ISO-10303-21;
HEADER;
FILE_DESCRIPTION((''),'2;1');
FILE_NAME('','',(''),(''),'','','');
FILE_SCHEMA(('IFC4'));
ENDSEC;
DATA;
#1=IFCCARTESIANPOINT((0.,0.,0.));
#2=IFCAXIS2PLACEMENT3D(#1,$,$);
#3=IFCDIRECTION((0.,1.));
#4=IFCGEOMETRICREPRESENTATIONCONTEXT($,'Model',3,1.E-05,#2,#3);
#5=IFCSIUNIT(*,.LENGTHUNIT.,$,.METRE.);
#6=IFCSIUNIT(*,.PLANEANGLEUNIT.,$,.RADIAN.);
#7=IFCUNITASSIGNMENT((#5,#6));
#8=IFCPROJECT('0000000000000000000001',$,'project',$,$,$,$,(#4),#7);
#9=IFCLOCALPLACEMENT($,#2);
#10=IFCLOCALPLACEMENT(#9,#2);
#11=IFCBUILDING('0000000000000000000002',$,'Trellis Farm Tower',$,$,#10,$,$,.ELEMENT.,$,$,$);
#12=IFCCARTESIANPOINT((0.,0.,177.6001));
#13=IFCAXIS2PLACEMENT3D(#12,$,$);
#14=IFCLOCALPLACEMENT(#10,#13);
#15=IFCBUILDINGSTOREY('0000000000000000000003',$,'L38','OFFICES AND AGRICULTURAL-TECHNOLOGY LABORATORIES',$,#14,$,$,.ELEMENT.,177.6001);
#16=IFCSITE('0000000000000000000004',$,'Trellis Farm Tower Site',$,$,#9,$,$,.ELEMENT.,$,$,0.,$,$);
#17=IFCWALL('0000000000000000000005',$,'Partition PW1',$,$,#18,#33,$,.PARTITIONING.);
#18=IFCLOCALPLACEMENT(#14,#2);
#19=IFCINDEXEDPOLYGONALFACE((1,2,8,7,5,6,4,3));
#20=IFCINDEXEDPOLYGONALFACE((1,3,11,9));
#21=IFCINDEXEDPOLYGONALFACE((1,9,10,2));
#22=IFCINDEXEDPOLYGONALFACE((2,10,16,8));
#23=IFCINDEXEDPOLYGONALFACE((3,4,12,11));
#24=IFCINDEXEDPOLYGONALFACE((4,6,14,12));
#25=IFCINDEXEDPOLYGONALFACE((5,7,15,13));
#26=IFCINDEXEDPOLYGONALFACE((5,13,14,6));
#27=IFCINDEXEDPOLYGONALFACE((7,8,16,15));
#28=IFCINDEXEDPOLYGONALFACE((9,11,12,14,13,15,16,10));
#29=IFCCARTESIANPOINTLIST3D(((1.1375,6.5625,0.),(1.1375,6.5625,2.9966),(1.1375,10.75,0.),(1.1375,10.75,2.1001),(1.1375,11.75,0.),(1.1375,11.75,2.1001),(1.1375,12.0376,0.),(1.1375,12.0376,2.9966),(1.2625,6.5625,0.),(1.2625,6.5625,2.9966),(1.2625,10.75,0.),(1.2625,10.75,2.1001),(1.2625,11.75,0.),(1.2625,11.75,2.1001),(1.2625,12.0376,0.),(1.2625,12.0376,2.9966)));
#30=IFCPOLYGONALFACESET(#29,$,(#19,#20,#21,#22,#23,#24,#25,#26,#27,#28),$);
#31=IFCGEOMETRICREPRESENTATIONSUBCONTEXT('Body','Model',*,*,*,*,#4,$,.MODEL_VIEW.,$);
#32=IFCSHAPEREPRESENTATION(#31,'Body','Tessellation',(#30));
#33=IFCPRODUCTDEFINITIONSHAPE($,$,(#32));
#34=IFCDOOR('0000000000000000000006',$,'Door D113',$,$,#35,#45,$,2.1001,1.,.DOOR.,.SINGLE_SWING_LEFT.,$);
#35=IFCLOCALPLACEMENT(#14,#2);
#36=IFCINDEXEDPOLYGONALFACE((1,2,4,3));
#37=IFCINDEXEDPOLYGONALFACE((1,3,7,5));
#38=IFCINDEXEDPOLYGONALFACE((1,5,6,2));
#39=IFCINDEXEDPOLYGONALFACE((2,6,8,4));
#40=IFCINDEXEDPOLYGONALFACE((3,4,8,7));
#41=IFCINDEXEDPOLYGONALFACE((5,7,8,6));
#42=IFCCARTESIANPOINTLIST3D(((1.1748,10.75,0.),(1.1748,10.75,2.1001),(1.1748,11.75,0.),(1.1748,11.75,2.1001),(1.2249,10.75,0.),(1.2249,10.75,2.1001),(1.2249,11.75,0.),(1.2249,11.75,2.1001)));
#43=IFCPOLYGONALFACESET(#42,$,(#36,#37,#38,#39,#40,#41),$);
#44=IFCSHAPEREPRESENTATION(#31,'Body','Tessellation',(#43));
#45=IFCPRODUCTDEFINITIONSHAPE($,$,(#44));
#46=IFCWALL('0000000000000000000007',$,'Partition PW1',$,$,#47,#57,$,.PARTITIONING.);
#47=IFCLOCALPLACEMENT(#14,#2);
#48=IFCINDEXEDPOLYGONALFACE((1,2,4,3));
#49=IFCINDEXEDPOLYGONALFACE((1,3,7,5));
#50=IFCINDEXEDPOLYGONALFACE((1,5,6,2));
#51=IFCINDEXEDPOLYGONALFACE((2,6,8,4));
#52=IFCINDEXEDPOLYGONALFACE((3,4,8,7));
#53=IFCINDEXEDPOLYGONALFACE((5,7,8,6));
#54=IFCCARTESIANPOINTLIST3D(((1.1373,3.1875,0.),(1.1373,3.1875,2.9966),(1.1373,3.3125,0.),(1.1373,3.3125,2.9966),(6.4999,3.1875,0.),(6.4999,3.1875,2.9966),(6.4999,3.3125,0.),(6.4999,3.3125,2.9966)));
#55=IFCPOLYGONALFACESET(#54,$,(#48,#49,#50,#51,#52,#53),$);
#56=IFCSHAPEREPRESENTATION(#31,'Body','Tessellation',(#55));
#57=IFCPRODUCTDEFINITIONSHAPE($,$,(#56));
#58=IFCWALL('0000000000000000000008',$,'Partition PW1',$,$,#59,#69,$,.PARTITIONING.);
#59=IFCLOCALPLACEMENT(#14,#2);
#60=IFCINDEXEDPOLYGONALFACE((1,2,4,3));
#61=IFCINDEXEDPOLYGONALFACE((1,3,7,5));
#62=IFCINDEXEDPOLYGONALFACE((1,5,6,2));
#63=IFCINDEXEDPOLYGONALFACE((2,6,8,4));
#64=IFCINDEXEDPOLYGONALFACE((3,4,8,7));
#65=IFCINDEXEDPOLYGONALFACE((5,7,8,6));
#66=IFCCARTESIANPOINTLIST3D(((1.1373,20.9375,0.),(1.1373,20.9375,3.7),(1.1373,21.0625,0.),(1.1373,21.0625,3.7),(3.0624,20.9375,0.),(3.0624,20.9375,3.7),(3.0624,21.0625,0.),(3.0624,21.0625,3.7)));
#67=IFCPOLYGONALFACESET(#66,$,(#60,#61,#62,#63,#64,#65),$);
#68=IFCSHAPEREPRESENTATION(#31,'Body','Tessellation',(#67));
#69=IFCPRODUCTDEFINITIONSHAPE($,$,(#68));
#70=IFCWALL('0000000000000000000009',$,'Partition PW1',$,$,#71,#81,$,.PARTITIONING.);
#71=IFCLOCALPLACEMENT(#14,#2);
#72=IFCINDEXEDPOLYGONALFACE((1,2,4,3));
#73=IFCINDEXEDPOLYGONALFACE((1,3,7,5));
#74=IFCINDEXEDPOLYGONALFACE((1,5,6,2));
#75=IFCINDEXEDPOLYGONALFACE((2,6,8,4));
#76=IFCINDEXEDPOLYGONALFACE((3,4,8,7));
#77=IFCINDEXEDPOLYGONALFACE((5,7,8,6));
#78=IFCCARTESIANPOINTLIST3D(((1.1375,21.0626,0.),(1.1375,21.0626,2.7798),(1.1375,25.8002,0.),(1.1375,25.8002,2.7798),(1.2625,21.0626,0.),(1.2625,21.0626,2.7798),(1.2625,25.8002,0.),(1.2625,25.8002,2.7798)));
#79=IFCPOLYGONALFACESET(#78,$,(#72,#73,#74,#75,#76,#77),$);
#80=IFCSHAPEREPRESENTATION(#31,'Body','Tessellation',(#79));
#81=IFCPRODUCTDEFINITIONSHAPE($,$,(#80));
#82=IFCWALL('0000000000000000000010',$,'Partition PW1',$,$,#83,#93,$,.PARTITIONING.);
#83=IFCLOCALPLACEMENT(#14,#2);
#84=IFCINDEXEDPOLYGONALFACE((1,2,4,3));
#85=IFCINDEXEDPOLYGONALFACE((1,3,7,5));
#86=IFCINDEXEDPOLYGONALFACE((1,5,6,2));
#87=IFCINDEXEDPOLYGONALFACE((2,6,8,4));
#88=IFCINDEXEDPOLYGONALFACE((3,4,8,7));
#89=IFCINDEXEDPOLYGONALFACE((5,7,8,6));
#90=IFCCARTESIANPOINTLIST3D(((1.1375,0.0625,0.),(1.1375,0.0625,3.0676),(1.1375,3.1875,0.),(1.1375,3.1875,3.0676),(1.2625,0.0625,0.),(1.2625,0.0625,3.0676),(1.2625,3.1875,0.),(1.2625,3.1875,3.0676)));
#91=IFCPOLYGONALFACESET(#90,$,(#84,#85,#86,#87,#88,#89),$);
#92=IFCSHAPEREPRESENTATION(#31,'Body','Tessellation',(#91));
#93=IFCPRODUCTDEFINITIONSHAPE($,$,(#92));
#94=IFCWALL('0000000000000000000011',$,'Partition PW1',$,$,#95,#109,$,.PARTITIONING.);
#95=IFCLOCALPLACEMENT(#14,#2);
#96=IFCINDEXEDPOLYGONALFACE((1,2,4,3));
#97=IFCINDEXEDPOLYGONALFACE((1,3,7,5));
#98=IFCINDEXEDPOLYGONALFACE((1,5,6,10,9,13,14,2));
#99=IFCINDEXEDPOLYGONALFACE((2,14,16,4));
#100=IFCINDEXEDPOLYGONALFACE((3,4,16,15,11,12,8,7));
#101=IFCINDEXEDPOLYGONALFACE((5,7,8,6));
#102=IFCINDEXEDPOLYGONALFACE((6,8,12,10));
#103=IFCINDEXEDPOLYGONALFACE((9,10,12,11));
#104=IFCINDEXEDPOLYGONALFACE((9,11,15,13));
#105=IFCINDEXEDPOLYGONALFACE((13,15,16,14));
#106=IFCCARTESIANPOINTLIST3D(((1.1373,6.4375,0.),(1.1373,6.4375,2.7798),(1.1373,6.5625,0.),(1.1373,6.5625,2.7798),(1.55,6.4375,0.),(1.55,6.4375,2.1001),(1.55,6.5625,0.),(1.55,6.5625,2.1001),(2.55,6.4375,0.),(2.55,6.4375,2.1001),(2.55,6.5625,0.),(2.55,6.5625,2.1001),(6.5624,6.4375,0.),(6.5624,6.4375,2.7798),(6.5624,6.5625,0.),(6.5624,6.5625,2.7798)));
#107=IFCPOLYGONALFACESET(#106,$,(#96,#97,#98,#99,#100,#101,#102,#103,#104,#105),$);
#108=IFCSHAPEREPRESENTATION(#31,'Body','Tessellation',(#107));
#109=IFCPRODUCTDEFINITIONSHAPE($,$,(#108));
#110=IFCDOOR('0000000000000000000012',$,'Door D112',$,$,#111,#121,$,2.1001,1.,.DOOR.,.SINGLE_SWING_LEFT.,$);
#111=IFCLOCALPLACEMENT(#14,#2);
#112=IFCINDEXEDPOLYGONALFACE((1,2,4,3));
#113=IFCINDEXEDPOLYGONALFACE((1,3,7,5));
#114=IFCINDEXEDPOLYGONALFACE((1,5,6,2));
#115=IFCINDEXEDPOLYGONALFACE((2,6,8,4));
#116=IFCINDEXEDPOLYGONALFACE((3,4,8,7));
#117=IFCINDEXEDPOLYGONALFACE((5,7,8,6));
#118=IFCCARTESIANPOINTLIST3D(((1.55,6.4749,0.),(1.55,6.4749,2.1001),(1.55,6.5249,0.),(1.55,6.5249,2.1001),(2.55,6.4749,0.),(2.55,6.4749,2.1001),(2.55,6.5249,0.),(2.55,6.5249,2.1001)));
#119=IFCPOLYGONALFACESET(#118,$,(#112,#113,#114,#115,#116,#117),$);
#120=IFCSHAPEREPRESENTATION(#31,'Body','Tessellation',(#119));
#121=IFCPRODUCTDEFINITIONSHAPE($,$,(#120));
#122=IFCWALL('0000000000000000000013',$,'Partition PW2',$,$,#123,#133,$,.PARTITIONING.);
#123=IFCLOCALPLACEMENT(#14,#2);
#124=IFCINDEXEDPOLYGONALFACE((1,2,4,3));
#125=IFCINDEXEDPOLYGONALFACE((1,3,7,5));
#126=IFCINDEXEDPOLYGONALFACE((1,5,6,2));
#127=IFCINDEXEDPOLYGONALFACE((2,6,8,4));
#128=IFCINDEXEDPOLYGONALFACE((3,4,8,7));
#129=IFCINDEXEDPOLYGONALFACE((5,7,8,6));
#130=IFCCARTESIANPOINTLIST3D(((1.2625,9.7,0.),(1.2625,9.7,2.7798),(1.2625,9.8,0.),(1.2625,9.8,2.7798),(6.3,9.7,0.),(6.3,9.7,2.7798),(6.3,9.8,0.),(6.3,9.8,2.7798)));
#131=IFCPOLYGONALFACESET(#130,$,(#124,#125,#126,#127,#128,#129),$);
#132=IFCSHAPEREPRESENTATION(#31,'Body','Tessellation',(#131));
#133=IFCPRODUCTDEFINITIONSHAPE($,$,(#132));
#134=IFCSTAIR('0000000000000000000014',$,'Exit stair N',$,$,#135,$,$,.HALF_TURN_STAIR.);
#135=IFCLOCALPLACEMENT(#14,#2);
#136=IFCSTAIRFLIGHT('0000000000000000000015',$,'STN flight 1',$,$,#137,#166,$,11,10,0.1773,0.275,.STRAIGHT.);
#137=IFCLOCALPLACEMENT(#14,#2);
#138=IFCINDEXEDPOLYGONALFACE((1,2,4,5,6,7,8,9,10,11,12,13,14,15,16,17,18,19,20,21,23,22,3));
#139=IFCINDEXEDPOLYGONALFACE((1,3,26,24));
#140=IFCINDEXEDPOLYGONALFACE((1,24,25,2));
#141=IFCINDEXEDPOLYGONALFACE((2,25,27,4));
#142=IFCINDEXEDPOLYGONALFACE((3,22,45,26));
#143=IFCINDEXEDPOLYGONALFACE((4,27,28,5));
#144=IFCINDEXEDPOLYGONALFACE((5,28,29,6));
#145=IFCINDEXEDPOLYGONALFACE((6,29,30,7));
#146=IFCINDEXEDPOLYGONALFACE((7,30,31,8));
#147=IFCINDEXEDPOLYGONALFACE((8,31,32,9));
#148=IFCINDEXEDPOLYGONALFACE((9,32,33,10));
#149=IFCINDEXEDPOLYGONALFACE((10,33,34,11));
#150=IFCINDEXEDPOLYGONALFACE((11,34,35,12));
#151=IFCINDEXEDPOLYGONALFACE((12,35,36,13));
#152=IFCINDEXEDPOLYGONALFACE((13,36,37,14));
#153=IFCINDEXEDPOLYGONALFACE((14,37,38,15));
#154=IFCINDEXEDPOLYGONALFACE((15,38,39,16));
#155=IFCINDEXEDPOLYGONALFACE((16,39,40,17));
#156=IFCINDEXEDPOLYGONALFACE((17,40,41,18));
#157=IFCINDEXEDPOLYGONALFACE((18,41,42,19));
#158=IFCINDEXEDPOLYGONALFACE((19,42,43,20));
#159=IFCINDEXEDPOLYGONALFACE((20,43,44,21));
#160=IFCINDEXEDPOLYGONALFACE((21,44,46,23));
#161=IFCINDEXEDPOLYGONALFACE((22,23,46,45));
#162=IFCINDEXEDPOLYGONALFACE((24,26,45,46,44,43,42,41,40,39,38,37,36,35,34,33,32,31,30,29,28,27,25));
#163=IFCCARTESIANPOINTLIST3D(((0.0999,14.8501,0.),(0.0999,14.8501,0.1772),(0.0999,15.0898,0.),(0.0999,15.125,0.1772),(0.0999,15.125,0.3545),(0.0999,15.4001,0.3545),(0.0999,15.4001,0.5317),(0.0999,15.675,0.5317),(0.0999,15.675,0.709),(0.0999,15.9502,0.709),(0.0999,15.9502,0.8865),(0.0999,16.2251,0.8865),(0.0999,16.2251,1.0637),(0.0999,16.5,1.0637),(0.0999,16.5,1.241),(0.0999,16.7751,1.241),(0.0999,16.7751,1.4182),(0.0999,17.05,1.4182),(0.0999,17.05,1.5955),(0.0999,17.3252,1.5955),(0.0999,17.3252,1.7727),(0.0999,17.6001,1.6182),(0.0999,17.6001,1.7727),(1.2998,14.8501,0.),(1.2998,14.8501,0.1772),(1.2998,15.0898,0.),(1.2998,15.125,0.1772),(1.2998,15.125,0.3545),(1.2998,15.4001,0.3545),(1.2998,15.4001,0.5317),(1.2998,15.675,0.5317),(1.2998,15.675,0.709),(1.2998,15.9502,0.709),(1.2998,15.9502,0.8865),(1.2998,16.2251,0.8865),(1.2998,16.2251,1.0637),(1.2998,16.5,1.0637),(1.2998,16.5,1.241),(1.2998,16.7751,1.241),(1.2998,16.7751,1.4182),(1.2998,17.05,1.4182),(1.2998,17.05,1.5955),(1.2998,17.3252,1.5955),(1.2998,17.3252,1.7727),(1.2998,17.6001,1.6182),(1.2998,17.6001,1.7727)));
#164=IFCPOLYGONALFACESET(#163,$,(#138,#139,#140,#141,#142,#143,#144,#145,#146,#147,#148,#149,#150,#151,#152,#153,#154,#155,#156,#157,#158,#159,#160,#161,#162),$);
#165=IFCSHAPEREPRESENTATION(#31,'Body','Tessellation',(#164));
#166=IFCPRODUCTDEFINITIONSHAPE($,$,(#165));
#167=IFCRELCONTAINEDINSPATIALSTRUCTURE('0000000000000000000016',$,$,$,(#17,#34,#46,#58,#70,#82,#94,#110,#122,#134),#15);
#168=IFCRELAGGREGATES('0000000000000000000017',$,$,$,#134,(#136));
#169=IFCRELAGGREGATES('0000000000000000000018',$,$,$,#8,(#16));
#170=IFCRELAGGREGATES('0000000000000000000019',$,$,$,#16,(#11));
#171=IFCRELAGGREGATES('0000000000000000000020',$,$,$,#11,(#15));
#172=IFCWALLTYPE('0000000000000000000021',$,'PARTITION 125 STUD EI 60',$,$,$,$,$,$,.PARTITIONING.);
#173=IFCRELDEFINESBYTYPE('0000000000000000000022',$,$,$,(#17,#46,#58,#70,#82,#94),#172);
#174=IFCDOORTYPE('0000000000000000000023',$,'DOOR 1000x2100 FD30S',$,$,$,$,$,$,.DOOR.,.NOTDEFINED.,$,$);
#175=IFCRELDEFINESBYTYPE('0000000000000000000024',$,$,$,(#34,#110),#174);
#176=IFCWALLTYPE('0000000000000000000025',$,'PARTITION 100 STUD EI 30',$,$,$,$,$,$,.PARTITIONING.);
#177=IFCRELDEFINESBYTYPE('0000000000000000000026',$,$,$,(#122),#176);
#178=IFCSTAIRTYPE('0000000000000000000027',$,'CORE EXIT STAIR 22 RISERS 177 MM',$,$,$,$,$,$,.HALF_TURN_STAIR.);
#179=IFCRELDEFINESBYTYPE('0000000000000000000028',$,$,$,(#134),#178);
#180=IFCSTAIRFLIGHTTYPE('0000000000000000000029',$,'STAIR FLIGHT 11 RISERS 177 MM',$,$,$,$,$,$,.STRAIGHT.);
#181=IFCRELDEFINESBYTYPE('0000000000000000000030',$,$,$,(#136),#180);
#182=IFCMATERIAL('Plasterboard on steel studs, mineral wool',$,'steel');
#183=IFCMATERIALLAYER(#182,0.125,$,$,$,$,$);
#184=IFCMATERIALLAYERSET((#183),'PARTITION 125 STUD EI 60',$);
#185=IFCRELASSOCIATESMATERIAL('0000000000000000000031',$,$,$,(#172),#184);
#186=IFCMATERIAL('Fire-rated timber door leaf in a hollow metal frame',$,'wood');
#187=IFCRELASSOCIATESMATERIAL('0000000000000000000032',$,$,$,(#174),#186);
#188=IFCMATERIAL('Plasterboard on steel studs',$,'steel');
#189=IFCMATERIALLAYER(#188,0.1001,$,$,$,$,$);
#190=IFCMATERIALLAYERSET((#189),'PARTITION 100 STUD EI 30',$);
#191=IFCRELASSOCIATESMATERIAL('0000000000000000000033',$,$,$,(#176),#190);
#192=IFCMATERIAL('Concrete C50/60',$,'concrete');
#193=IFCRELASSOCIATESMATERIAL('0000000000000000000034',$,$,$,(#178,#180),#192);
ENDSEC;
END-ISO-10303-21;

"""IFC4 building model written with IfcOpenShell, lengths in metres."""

from ifc_helpers import new_model, si_unit, direction, frame, frame_2d, origin, place, context, subcontext, project, spatial, polyline, rectangle, outline, extrude, source, transform, mapped, material, layer, layer_set, type_object, element, fill, aggregate, save


model = new_model("IFC4")

# Units and contexts
model_context = context("Model", 3, precision=1e-05, world=origin(), true_north=direction((0.0, 1.0)))
body_context = subcontext(model_context, "Body", "Model", "MODEL_VIEW")
ifc_project = project(units=[si_unit("LENGTHUNIT", "METRE"), si_unit("PLANEANGLEUNIT", "RADIAN")], contexts=[model_context])

# Site, building, storey
site_placement = place(None, origin())
site = spatial("IfcSite", under=ifc_project, at=site_placement, Name="Trellis Farm Tower Site", CompositionType="ELEMENT", RefElevation=0.0)
building_placement = place(site_placement, origin())
building = spatial("IfcBuilding", under=site, at=building_placement, Name="Trellis Farm Tower", CompositionType="ELEMENT")
storey_placement = place(building_placement, frame((0.0, 0.0, 177.6001)))
storey = spatial("IfcBuildingStorey", under=building, at=storey_placement, Name="L38", Description="OFFICES AND AGRICULTURAL-TECHNOLOGY LABORATORIES", CompositionType="ELEMENT", Elevation=177.6001)

# Shared definitions
placement_1 = place(storey_placement, origin())

# Wall, opening, door
ifc_material_1 = material(Name="Plasterboard on steel studs, mineral wool", Category="steel")
ifc_layer_1 = layer(ifc_material_1, 0.125)
ifc_layer_set_1 = layer_set([ifc_layer_1], Name="PARTITION 125 STUD EI 60")
wall_type_1 = type_object("IfcWallType", Name="PARTITION 125 STUD EI 60", PredefinedType="PARTITIONING", material=ifc_layer_set_1)
shared_shape_1 = source(origin(), body_context, "Body", "SweptSolid", [
    extrude(rectangle(XDim=5.4751, YDim=0.125, at=frame_2d((2.7375, 0.0))), origin(), (0.0, 0.0, 1.0), 2.9966),
])
wall_1_placement = place(storey_placement, frame((1.2, 12.0376, 0.0), z_axis=(0.0, 0.0, 1.0), x_axis=(0.0, -1.0, 0.0)))
wall_1 = element("IfcWall", 1, at=wall_1_placement, inside=storey, type_object=wall_type_1, Name="Partition PW1", PredefinedType="PARTITIONING", context=body_context, shape_type="MappedRepresentation", body=[
    mapped(shared_shape_1, transform((0.0, 0.0, 0.0))),
])
shared_shape_2 = source(origin(), body_context, "Body", "SweptSolid", [
    extrude(rectangle(XDim=1.0, YDim=2.1001, at=frame_2d((0.5, 1.05))), frame((0.0, 0.0725, 0.0), z_axis=(0.0, -1.0, 0.0), x_axis=(1.0, 0.0, 0.0)), (0.0, 0.0, 1.0), 0.145),
])
opening_1_placement = place(wall_1_placement, frame((0.2876, 0.0, 0.0)))
opening_1 = element("IfcOpeningElement", 2, at=opening_1_placement, cuts=wall_1, PredefinedType="OPENING", context=body_context, shape_type="MappedRepresentation", body=[
    mapped(shared_shape_2, transform((0.0, 0.0, 0.0))),
])
ifc_material_2 = material(Name="Fire-rated timber door leaf in a hollow metal frame", Category="wood")
door_type = type_object("IfcDoorType", Name="DOOR 1000x2100 FD30S", OperationType="NOTDEFINED", PredefinedType="DOOR", material=ifc_material_2)
shared_shape_3 = source(origin(), body_context, "Body", "SweptSolid", [
    extrude(rectangle(XDim=1.0, YDim=2.1001, at=frame_2d((0.5, 1.05))), frame((0.0, 0.0249, 0.0), z_axis=(0.0, -1.0, 0.0), x_axis=(1.0, 0.0, 0.0)), (0.0, 0.0, 1.0), 0.05),
])
door_1_placement = place(opening_1_placement, origin())
door_1 = element("IfcDoor", 3, at=door_1_placement, inside=storey, type_object=door_type, Name="Door D113", OperationType="SINGLE_SWING_LEFT", OverallHeight=2.1001, OverallWidth=1.0, PredefinedType="DOOR", context=body_context, shape_type="MappedRepresentation", body=[
    mapped(shared_shape_3, transform((0.0, 0.0, 0.0))),
])
fill(opening_1, door_1)

# Walls
shared_shape_4 = source(origin(), body_context, "Body", "SweptSolid", [
    extrude(rectangle(XDim=5.3625, YDim=0.125, at=frame_2d((2.6812, 0.0))), origin(), (0.0, 0.0, 1.0), 2.9966),
])
wall_2_placement = place(storey_placement, frame((1.1375, 3.25, 0.0), z_axis=(0.0, 0.0, 1.0), x_axis=(1.0, 0.0, 0.0)))
element("IfcWall", 4, at=wall_2_placement, inside=storey, type_object=wall_type_1, Name="Partition PW1", PredefinedType="PARTITIONING", context=body_context, shape_type="MappedRepresentation", body=[
    mapped(shared_shape_4, transform((0.0, 0.0, 0.0))),
])
shared_shape_5 = source(origin(), body_context, "Body", "SweptSolid", [
    extrude(rectangle(XDim=1.925, YDim=0.125, at=frame_2d((0.9624, 0.0))), origin(), (0.0, 0.0, 1.0), 3.7),
])
wall_3_placement = place(storey_placement, frame((1.1375, 21.0, 0.0), z_axis=(0.0, 0.0, 1.0), x_axis=(1.0, 0.0, 0.0)))
element("IfcWall", 5, at=wall_3_placement, inside=storey, type_object=wall_type_1, Name="Partition PW1", PredefinedType="PARTITIONING", context=body_context, shape_type="MappedRepresentation", body=[
    mapped(shared_shape_5, transform((0.0, 0.0, 0.0))),
])
shared_shape_6 = source(origin(), body_context, "Body", "SweptSolid", [
    extrude(rectangle(XDim=4.7375, YDim=0.125, at=frame_2d((2.3687, 0.0))), origin(), (0.0, 0.0, 1.0), 2.7798),
])
wall_4_placement = place(storey_placement, frame((1.2, 25.8, 0.0), z_axis=(0.0, 0.0, 1.0), x_axis=(0.0, -1.0, 0.0)))
element("IfcWall", 6, at=wall_4_placement, inside=storey, type_object=wall_type_1, Name="Partition PW1", PredefinedType="PARTITIONING", context=body_context, shape_type="MappedRepresentation", body=[
    mapped(shared_shape_6, transform((0.0, 0.0, 0.0))),
])
shared_shape_7 = source(origin(), body_context, "Body", "SweptSolid", [
    extrude(rectangle(XDim=3.125, YDim=0.125, at=frame_2d((1.5625, 0.0))), origin(), (0.0, 0.0, 1.0), 3.0676),
])
wall_5_placement = place(storey_placement, frame((1.2, 3.1875, 0.0), z_axis=(0.0, 0.0, 1.0), x_axis=(0.0, -1.0, 0.0)))
element("IfcWall", 7, at=wall_5_placement, inside=storey, type_object=wall_type_1, Name="Partition PW1", PredefinedType="PARTITIONING", context=body_context, shape_type="MappedRepresentation", body=[
    mapped(shared_shape_7, transform((0.0, 0.0, 0.0))),
])

# Wall, opening, door
shared_shape_8 = source(origin(), body_context, "Body", "SweptSolid", [
    extrude(rectangle(XDim=5.425, YDim=0.125, at=frame_2d((2.7124, 0.0))), origin(), (0.0, 0.0, 1.0), 2.7798),
])
wall_6_placement = place(storey_placement, frame((1.1375, 6.5, 0.0), z_axis=(0.0, 0.0, 1.0), x_axis=(1.0, 0.0, 0.0)))
wall_6 = element("IfcWall", 8, at=wall_6_placement, inside=storey, type_object=wall_type_1, Name="Partition PW1", PredefinedType="PARTITIONING", context=body_context, shape_type="MappedRepresentation", body=[
    mapped(shared_shape_8, transform((0.0, 0.0, 0.0))),
])
opening_2_placement = place(wall_6_placement, frame((0.4126, 0.0, 0.0)))
opening_2 = element("IfcOpeningElement", 9, at=opening_2_placement, cuts=wall_6, PredefinedType="OPENING", context=body_context, shape_type="MappedRepresentation", body=[
    mapped(shared_shape_2, transform((0.0, 0.0, 0.0))),
])
door_2_placement = place(opening_2_placement, origin())
door_2 = element("IfcDoor", 10, at=door_2_placement, inside=storey, type_object=door_type, Name="Door D112", OperationType="SINGLE_SWING_LEFT", OverallHeight=2.1001, OverallWidth=1.0, PredefinedType="DOOR", context=body_context, shape_type="MappedRepresentation", body=[
    mapped(shared_shape_3, transform((0.0, 0.0, 0.0))),
])
fill(opening_2, door_2)

# Wall
ifc_material_3 = material(Name="Plasterboard on steel studs", Category="steel")
ifc_layer_2 = layer(ifc_material_3, 0.1001)
ifc_layer_set_2 = layer_set([ifc_layer_2], Name="PARTITION 100 STUD EI 30")
wall_type_2 = type_object("IfcWallType", Name="PARTITION 100 STUD EI 30", PredefinedType="PARTITIONING", material=ifc_layer_set_2)
shared_shape_9 = source(origin(), body_context, "Body", "SweptSolid", [
    extrude(rectangle(XDim=5.0376, YDim=0.1001, at=frame_2d((2.5188, 0.0))), origin(), (0.0, 0.0, 1.0), 2.7798),
])
wall_7_placement = place(storey_placement, frame((1.2625, 9.75, 0.0), z_axis=(0.0, 0.0, 1.0), x_axis=(1.0, 0.0, 0.0)))
element("IfcWall", 11, at=wall_7_placement, inside=storey, type_object=wall_type_2, Name="Partition PW2", PredefinedType="PARTITIONING", context=body_context, shape_type="MappedRepresentation", body=[
    mapped(shared_shape_9, transform((0.0, 0.0, 0.0))),
])

# Stair, stair flight
ifc_material_4 = material(Name="Concrete C50/60", Category="concrete")
stair_type = type_object("IfcStairType", Name="CORE EXIT STAIR 22 RISERS 177 MM", PredefinedType="HALF_TURN_STAIR", material=ifc_material_4)
stair = element("IfcStair", 12, at=placement_1, inside=storey, type_object=stair_type, Name="Exit stair N", PredefinedType="HALF_TURN_STAIR")
stair_flight_type = type_object("IfcStairFlightType", Name="STAIR FLIGHT 11 RISERS 177 MM", PredefinedType="STRAIGHT", material=ifc_material_4)
shared_shape_10 = source(origin(), body_context, "Body", "SweptSolid", [
    extrude(outline(polyline([(0.0, 0.0), (0.0, 0.1772), (0.2749, 0.1772), (0.2749, 0.3545), (0.55, 0.3545), (0.55, 0.5317), (0.825, 0.5317), (0.825, 0.709), (1.1001, 0.709), (1.1001, 0.8865), (1.375, 0.8865), (1.375, 1.0637), (1.6499, 1.0637), (1.6499, 1.241), (1.925, 1.241), (1.925, 1.4182), (2.2, 1.4182), (2.2, 1.5955), (2.4751, 1.5955), (2.4751, 1.7727), (2.75, 1.7727), (2.75, 1.95), (2.75, 1.6182), (0.2397, 0.0), (0.0, 0.0)])), frame((0.0, 0.6001, 0.0), z_axis=(0.0, -1.0, 0.0), x_axis=(1.0, 0.0, 0.0)), (0.0, 0.0, 1.0), 1.2),
])
stair_flight_placement = place(storey_placement, frame((0.7, 14.8501, 0.0), z_axis=(0.0, 0.0, 1.0), x_axis=(0.0, 1.0, 0.0)))
stair_flight = element("IfcStairFlight", 13, at=stair_flight_placement, type_object=stair_flight_type, Name="STN flight 1", NumberOfRisers=11, NumberOfTreads=10, PredefinedType="STRAIGHT", RiserHeight=0.1773, TreadLength=0.275, context=body_context, shape_type="MappedRepresentation", body=[
    mapped(shared_shape_10, transform((0.0, 0.0, 0.0))),
])
aggregate(stair, [stair_flight])

save(model, "model.ifc")
